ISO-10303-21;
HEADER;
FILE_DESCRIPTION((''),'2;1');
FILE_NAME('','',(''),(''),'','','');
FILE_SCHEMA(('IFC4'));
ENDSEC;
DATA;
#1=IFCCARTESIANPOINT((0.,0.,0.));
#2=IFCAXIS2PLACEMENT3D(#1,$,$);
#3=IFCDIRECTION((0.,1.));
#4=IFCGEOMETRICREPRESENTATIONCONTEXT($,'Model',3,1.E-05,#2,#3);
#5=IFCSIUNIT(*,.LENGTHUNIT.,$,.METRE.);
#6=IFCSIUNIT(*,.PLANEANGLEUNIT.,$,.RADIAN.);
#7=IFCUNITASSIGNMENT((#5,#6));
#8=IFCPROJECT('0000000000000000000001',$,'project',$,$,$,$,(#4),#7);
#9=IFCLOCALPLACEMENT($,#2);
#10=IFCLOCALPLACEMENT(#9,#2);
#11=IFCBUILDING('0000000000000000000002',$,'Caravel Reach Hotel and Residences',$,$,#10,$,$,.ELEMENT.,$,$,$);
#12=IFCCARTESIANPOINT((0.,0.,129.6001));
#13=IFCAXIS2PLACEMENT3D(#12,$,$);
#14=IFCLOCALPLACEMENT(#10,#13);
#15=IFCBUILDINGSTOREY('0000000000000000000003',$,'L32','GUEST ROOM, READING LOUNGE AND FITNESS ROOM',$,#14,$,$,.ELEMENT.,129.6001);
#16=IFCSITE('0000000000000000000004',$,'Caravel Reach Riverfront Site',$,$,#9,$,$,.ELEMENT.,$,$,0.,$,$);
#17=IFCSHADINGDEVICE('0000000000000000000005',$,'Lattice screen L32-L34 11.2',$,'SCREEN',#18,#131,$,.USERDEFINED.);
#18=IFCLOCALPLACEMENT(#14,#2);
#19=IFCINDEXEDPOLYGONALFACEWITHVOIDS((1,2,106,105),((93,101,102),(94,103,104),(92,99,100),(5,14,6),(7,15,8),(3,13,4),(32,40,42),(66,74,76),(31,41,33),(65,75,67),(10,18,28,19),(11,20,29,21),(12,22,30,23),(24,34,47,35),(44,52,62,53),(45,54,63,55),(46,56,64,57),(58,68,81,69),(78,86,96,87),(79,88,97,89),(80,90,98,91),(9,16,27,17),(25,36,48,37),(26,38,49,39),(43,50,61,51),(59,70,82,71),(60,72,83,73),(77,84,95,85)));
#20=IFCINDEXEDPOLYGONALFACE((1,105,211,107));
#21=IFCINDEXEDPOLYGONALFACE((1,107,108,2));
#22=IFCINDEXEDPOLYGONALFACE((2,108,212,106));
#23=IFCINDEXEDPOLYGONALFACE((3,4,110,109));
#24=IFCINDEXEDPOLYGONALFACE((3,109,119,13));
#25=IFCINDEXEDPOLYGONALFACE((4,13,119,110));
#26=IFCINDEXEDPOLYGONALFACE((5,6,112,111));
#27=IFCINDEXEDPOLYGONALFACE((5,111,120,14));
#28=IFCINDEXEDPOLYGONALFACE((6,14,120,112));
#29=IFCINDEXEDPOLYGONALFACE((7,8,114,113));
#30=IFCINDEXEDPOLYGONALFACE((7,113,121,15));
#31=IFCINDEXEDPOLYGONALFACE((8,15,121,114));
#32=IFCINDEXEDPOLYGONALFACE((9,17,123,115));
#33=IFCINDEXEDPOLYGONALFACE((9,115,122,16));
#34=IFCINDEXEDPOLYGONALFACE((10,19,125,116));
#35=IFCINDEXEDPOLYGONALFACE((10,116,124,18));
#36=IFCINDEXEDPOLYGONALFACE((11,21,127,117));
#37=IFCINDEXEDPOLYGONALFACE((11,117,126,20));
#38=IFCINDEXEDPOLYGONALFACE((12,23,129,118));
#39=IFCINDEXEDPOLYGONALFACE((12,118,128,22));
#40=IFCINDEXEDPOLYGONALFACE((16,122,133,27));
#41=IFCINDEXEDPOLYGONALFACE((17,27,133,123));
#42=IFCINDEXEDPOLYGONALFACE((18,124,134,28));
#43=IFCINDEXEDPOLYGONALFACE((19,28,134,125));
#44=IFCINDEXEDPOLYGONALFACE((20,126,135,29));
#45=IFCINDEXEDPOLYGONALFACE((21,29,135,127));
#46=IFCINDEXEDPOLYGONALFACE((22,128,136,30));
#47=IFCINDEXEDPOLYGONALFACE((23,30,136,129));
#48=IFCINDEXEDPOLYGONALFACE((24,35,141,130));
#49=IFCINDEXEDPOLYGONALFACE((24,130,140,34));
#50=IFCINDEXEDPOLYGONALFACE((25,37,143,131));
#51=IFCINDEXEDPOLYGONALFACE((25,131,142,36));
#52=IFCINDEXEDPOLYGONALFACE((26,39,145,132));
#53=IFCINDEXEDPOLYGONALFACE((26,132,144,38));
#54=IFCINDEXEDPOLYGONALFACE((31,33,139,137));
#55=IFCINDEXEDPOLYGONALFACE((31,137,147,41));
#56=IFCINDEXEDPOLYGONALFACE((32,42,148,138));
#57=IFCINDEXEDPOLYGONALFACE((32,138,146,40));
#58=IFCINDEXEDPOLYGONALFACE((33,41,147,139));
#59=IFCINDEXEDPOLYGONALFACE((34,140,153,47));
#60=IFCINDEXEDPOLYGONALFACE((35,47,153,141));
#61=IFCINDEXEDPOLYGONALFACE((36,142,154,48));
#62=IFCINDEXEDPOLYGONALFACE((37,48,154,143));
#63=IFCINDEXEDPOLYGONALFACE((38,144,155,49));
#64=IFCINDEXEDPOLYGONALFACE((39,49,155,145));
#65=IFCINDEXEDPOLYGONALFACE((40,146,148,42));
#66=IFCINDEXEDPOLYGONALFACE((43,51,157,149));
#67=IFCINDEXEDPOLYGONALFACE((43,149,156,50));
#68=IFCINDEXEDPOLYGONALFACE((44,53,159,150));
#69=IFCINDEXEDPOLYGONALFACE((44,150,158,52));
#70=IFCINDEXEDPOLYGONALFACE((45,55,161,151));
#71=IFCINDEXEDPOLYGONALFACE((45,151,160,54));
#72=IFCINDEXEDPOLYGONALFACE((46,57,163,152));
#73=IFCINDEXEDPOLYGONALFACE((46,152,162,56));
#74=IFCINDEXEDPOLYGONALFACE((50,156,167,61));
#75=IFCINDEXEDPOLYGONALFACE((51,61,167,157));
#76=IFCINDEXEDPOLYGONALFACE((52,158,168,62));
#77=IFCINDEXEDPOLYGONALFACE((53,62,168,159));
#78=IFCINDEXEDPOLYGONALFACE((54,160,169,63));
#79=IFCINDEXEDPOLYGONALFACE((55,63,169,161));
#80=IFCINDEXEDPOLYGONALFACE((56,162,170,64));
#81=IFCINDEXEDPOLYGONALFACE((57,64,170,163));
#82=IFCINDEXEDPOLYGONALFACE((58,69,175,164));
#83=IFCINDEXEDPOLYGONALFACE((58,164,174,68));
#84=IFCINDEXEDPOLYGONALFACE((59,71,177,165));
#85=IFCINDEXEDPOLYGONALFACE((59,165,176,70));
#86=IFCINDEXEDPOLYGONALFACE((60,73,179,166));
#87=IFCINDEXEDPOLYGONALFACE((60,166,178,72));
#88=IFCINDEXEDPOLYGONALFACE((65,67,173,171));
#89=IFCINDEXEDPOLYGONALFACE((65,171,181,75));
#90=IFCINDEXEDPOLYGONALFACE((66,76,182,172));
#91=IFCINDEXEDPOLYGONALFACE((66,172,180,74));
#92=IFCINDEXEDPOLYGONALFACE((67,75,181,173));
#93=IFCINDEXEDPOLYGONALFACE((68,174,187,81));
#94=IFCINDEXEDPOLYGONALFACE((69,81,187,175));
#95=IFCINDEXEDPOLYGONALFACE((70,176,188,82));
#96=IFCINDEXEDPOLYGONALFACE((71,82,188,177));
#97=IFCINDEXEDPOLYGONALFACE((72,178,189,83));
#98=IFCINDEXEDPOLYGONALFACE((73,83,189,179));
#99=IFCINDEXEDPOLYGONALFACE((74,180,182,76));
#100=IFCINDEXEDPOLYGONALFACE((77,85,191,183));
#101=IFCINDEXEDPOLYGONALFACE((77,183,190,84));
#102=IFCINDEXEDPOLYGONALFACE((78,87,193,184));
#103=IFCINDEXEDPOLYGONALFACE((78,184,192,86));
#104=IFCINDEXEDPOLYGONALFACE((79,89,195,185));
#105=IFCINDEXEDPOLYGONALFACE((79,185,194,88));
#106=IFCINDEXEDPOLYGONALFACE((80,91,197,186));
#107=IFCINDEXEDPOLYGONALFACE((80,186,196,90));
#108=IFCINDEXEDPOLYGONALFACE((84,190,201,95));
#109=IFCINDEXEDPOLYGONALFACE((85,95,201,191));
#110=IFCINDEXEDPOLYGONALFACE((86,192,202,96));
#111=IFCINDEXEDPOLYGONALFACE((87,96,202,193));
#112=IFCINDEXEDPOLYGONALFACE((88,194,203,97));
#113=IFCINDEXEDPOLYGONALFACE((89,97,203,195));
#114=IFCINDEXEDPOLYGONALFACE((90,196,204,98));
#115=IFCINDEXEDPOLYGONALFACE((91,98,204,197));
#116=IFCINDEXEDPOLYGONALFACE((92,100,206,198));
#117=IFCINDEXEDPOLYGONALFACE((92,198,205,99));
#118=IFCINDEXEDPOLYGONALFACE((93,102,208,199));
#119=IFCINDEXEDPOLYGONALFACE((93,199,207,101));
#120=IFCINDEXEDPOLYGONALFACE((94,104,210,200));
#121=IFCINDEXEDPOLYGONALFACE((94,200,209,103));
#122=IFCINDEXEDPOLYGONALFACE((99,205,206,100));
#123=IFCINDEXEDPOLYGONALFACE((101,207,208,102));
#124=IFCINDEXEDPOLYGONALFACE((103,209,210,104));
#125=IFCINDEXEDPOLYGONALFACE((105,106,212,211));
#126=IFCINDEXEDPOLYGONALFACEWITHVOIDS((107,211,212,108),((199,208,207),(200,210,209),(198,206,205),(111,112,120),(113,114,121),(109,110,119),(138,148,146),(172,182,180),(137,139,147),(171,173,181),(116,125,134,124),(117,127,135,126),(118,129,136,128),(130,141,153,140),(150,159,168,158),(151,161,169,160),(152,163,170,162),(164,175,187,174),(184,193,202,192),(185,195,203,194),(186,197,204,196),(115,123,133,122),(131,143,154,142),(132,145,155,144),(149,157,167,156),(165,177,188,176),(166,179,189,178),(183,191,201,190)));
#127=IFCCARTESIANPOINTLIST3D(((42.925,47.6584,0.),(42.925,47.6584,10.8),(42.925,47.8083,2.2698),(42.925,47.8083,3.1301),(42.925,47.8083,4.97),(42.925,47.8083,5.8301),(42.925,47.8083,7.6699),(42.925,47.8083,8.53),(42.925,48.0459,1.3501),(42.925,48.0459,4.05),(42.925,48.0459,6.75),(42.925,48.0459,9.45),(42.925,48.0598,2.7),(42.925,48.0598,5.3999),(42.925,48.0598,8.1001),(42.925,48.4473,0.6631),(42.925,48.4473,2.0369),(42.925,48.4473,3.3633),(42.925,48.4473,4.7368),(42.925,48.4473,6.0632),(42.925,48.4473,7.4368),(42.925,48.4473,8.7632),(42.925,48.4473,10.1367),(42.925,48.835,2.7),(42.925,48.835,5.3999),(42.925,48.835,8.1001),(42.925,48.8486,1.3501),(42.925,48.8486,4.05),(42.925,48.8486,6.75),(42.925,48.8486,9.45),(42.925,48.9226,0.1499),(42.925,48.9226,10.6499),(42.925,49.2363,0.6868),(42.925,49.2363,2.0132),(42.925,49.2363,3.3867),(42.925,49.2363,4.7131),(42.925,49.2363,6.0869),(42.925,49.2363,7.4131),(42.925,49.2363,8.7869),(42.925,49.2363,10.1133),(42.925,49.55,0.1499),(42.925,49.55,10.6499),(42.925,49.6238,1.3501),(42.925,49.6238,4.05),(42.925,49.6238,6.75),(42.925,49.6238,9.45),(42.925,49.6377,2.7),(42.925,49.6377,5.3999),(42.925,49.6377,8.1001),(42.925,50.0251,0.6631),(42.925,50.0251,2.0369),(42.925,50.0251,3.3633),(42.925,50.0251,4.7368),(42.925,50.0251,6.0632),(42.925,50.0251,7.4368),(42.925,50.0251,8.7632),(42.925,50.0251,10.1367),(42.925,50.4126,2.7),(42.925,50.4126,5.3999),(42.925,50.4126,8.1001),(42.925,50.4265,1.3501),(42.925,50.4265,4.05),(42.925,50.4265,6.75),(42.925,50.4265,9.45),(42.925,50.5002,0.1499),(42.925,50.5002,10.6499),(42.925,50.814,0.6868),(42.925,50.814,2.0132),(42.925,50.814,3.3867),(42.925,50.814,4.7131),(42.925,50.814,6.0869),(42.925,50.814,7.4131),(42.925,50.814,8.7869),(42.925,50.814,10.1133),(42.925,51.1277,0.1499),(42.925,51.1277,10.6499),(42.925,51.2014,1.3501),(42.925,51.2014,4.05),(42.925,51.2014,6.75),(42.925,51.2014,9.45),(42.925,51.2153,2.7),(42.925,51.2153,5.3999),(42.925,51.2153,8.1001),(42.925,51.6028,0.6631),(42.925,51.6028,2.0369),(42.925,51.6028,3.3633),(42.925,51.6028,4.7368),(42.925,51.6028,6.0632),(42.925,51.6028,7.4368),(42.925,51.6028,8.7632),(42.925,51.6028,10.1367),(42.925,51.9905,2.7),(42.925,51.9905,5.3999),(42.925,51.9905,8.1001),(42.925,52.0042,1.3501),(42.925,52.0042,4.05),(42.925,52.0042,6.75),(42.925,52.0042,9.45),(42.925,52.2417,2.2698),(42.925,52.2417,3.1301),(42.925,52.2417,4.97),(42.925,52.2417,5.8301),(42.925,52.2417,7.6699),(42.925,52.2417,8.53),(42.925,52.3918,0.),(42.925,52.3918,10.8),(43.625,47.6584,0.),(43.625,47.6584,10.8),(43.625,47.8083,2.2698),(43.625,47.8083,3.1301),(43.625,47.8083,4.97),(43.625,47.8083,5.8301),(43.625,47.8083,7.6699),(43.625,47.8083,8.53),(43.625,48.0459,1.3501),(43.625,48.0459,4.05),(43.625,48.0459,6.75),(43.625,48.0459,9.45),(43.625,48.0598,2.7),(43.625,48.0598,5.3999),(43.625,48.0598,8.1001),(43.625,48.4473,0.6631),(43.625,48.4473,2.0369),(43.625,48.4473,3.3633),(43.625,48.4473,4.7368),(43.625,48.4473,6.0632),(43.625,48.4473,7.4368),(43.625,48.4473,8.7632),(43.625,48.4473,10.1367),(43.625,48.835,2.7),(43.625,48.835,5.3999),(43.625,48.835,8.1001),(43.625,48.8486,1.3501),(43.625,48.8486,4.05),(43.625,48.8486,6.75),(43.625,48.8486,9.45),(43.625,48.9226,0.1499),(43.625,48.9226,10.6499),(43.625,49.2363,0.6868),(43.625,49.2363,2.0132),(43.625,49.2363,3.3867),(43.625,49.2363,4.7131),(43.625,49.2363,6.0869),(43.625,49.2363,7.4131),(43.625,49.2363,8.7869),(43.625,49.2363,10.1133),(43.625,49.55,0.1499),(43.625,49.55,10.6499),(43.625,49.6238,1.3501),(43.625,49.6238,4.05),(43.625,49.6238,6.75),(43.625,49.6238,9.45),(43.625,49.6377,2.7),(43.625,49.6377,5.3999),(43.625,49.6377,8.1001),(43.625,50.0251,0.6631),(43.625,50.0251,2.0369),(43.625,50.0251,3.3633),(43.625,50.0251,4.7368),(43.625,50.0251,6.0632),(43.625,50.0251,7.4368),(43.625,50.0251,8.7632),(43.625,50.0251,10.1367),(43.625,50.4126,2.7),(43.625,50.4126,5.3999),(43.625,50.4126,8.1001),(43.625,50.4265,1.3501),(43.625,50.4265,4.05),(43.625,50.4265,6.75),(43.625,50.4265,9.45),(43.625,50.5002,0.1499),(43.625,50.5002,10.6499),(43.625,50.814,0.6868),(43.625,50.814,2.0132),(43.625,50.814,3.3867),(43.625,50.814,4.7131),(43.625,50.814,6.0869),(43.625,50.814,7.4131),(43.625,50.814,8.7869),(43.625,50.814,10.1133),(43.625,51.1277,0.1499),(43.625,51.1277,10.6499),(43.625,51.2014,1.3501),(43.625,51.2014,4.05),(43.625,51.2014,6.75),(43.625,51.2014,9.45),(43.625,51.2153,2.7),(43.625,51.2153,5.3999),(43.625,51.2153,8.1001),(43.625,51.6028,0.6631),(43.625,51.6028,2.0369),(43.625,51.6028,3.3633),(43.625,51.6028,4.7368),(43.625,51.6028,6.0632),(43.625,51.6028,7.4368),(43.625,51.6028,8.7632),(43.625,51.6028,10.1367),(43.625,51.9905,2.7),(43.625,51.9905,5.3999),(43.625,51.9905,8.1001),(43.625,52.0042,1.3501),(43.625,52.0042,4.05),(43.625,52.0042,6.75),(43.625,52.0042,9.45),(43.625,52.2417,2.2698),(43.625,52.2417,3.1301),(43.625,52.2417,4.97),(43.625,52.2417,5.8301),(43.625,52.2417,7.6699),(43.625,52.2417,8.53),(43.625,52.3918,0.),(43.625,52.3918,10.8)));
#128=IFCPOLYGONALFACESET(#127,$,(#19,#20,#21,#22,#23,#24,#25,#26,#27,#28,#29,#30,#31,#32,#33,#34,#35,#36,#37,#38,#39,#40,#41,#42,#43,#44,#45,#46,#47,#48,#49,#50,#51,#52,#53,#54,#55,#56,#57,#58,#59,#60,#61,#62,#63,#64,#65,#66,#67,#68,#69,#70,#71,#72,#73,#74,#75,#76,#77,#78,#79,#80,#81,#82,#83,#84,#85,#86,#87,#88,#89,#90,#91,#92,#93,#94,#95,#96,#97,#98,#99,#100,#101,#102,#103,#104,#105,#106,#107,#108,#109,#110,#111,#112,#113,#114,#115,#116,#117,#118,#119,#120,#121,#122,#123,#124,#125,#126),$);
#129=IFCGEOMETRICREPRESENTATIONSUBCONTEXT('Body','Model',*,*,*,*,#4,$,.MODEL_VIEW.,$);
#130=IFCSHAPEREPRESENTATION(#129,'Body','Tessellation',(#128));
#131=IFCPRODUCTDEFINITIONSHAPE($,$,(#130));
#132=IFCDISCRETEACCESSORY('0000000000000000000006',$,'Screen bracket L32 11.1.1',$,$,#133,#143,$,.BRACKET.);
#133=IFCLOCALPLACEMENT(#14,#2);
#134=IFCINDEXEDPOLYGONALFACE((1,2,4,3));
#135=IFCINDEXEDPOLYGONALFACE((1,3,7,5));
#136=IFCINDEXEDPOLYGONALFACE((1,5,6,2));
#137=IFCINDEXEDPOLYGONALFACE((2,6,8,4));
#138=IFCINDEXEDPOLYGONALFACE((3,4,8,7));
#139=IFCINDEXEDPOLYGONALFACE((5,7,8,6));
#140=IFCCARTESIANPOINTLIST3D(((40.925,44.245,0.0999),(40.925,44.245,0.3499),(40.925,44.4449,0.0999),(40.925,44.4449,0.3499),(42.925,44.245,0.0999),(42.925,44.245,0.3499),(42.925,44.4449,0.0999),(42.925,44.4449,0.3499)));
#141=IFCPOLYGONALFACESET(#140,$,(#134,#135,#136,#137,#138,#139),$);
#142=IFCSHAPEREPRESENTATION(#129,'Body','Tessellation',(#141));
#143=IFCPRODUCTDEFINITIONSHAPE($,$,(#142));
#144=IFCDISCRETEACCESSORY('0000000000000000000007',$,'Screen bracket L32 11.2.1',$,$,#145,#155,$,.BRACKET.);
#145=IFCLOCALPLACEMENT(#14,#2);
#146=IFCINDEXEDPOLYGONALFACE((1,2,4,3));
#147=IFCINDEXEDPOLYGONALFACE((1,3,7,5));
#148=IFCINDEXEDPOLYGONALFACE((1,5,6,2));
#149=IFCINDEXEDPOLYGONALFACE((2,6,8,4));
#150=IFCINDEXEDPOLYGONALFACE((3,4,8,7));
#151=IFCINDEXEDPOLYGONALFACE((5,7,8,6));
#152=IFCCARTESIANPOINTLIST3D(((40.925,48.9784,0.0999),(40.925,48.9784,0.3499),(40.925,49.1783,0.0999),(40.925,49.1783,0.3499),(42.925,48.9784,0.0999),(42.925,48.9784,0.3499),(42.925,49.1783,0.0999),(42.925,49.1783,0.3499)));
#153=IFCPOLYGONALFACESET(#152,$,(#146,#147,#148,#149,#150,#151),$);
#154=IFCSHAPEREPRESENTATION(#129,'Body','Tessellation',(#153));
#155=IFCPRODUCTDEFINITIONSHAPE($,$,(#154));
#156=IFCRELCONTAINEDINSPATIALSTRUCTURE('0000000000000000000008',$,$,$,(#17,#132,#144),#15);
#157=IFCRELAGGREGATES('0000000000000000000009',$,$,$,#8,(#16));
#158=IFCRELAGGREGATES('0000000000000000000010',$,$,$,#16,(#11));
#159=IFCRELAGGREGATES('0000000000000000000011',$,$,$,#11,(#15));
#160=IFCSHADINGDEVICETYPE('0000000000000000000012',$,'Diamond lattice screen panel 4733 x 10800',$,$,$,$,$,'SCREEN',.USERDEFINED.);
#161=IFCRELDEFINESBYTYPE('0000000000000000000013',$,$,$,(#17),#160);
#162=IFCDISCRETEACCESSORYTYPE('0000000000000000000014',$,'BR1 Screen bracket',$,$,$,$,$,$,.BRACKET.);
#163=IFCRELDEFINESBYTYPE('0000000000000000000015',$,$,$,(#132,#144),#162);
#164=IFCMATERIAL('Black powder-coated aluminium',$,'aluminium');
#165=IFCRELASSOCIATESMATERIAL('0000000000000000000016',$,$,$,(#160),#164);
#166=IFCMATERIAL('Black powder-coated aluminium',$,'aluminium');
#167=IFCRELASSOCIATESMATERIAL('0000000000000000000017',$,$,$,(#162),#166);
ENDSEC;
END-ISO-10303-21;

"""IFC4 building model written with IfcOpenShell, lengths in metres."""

from ifc_helpers import new_model, si_unit, direction, frame, origin, origin_2d, place, context, subcontext, project, spatial, polyline, rectangle, outline, extrude, material, type_object, element, save


model = new_model("IFC4")

# Units and contexts
model_context = context("Model", 3, precision=1e-05, world=origin(), true_north=direction((0.0, 1.0)))
body_context = subcontext(model_context, "Body", "Model", "MODEL_VIEW")
ifc_project = project(units=[si_unit("LENGTHUNIT", "METRE"), si_unit("PLANEANGLEUNIT", "RADIAN")], contexts=[model_context])

# Site, building, storey
site_placement = place(None, origin())
site = spatial("IfcSite", under=ifc_project, at=site_placement, Name="Caravel Reach Riverfront Site", CompositionType="ELEMENT", RefElevation=0.0)
building_placement = place(site_placement, origin())
building = spatial("IfcBuilding", under=site, at=building_placement, Name="Caravel Reach Hotel and Residences", CompositionType="ELEMENT")
storey_placement = place(building_placement, frame((0.0, 0.0, 129.6001)))
storey = spatial("IfcBuildingStorey", under=building, at=storey_placement, Name="L32", Description="GUEST ROOM, READING LOUNGE AND FITNESS ROOM", CompositionType="ELEMENT", Elevation=129.6001)

# Shading device
ifc_material_1 = material(Name="Black powder-coated aluminium", Category="aluminium")
shading_device_type = type_object("IfcShadingDeviceType", Name="Diamond lattice screen panel 4733 x 10800", ElementType="SCREEN", PredefinedType="USERDEFINED", material=ifc_material_1)
shading_device_1_placement = place(storey_placement, frame((42.925, 47.6584, 0.0), z_axis=(1.0, 0.0, 0.0), x_axis=(0.0, 1.0, 0.0)))
element("IfcShadingDevice", 1, at=shading_device_1_placement, inside=storey, type_object=shading_device_type, Name="Lattice screen L32-L34 11.2", ObjectType="SCREEN", PredefinedType="USERDEFINED", context=body_context, shape_type="SweptSolid", body=[
    extrude(outline(polyline([(0.0, 0.0), (4.7334, 0.0), (4.7334, 10.8), (0.0, 10.8), (0.0, 0.0)]), holes=[polyline([(0.4014, 2.7), (0.1499, 3.1301), (0.1499, 2.2698), (0.4014, 2.7)]), polyline([(0.4014, 5.3999), (0.1499, 5.8301), (0.1499, 4.97), (0.4014, 5.3999)]), polyline([(0.4014, 8.1001), (0.1499, 8.53), (0.1499, 7.6699), (0.4014, 8.1001)]), polyline([(0.7888, 2.0369), (0.3875, 1.3501), (0.7888, 0.6631), (1.1902, 1.3501), (0.7888, 2.0369)]), polyline([(0.7888, 4.7368), (0.3875, 4.05), (0.7888, 3.3633), (1.1902, 4.05), (0.7888, 4.7368)]), polyline([(0.7888, 7.4368), (0.3875, 6.75), (0.7888, 6.0632), (1.1902, 6.75), (0.7888, 7.4368)]), polyline([(0.7888, 10.1367), (0.3875, 9.45), (0.7888, 8.7632), (1.1902, 9.45), (0.7888, 10.1367)]), polyline([(1.5779, 0.6868), (1.2642, 0.1499), (1.8916, 0.1499), (1.5779, 0.6868)]), polyline([(1.5779, 3.3867), (1.1765, 2.7), (1.5779, 2.0132), (1.9792, 2.7), (1.5779, 3.3867)]), polyline([(1.5779, 6.0869), (1.1765, 5.3999), (1.5779, 4.7131), (1.9792, 5.3999), (1.5779, 6.0869)]), polyline([(1.5779, 8.7869), (1.1765, 8.1001), (1.5779, 7.4131), (1.9792, 8.1001), (1.5779, 8.7869)]), polyline([(1.5779, 10.1133), (1.8916, 10.6499), (1.2642, 10.6499), (1.5779, 10.1133)]), polyline([(2.3667, 2.0369), (1.9653, 1.3501), (2.3667, 0.6631), (2.7681, 1.3501), (2.3667, 2.0369)]), polyline([(2.3667, 4.7368), (1.9653, 4.05), (2.3667, 3.3633), (2.7681, 4.05), (2.3667, 4.7368)]), polyline([(2.3667, 7.4368), (1.9653, 6.75), (2.3667, 6.0632), (2.7681, 6.75), (2.3667, 7.4368)]), polyline([(2.3667, 10.1367), (1.9653, 9.45), (2.3667, 8.7632), (2.7681, 9.45), (2.3667, 10.1367)]), polyline([(3.1555, 0.6868), (2.8418, 0.1499), (3.4692, 0.1499), (3.1555, 0.6868)]), polyline([(3.1555, 3.3867), (2.7542, 2.7), (3.1555, 2.0132), (3.5569, 2.7), (3.1555, 3.3867)]), polyline([(3.1555, 6.0869), (2.7542, 5.3999), (3.1555, 4.7131), (3.5569, 5.3999), (3.1555, 6.0869)]), polyline([(3.1555, 8.7869), (2.7542, 8.1001), (3.1555, 7.4131), (3.5569, 8.1001), (3.1555, 8.7869)]), polyline([(3.1555, 10.1133), (3.4692, 10.6499), (2.8418, 10.6499), (3.1555, 10.1133)]), polyline([(3.9443, 2.0369), (3.543, 1.3501), (3.9443, 0.6631), (4.3457, 1.3501), (3.9443, 2.0369)]), polyline([(3.9443, 4.7368), (3.543, 4.05), (3.9443, 3.3633), (4.3457, 4.05), (3.9443, 4.7368)]), polyline([(3.9443, 7.4368), (3.543, 6.75), (3.9443, 6.0632), (4.3457, 6.75), (3.9443, 7.4368)]), polyline([(3.9443, 10.1367), (3.543, 9.45), (3.9443, 8.7632), (4.3457, 9.45), (3.9443, 10.1367)]), polyline([(4.332, 2.7), (4.5833, 2.2698), (4.5833, 3.1301), (4.332, 2.7)]), polyline([(4.332, 5.3999), (4.5833, 4.97), (4.5833, 5.8301), (4.332, 5.3999)]), polyline([(4.332, 8.1001), (4.5833, 7.6699), (4.5833, 8.53), (4.332, 8.1001)])]), origin(), (0.0, 0.0, 1.0), 0.7),
])

# Discrete accessories
ifc_material_2 = material(Name="Black powder-coated aluminium", Category="aluminium")
discrete_accessory_type = type_object("IfcDiscreteAccessoryType", Name="BR1 Screen bracket", PredefinedType="BRACKET", material=ifc_material_2)
for number, where, z_axis, x_axis, name in (
    (2, (41.925, 44.345, 0.0999), (0.0, 0.0, 1.0), (1.0, 0.0, 0.0), "Screen bracket L32 11.1.1"),
    (3, (41.925, 49.0784, 0.0999), (0.0, 0.0, 1.0), (1.0, 0.0, 0.0), "Screen bracket L32 11.2.1"),
):
    element("IfcDiscreteAccessory", number, at=place(storey_placement, frame(where, z_axis=z_axis, x_axis=x_axis)), inside=storey, type_object=discrete_accessory_type, Name=name, PredefinedType="BRACKET", context=body_context, shape_type="SweptSolid", body=[
        extrude(rectangle(XDim=2.0, YDim=0.2, at=origin_2d()), origin(), (0.0, 0.0, 1.0), 0.25),
    ])

save(model, "model.ifc")
